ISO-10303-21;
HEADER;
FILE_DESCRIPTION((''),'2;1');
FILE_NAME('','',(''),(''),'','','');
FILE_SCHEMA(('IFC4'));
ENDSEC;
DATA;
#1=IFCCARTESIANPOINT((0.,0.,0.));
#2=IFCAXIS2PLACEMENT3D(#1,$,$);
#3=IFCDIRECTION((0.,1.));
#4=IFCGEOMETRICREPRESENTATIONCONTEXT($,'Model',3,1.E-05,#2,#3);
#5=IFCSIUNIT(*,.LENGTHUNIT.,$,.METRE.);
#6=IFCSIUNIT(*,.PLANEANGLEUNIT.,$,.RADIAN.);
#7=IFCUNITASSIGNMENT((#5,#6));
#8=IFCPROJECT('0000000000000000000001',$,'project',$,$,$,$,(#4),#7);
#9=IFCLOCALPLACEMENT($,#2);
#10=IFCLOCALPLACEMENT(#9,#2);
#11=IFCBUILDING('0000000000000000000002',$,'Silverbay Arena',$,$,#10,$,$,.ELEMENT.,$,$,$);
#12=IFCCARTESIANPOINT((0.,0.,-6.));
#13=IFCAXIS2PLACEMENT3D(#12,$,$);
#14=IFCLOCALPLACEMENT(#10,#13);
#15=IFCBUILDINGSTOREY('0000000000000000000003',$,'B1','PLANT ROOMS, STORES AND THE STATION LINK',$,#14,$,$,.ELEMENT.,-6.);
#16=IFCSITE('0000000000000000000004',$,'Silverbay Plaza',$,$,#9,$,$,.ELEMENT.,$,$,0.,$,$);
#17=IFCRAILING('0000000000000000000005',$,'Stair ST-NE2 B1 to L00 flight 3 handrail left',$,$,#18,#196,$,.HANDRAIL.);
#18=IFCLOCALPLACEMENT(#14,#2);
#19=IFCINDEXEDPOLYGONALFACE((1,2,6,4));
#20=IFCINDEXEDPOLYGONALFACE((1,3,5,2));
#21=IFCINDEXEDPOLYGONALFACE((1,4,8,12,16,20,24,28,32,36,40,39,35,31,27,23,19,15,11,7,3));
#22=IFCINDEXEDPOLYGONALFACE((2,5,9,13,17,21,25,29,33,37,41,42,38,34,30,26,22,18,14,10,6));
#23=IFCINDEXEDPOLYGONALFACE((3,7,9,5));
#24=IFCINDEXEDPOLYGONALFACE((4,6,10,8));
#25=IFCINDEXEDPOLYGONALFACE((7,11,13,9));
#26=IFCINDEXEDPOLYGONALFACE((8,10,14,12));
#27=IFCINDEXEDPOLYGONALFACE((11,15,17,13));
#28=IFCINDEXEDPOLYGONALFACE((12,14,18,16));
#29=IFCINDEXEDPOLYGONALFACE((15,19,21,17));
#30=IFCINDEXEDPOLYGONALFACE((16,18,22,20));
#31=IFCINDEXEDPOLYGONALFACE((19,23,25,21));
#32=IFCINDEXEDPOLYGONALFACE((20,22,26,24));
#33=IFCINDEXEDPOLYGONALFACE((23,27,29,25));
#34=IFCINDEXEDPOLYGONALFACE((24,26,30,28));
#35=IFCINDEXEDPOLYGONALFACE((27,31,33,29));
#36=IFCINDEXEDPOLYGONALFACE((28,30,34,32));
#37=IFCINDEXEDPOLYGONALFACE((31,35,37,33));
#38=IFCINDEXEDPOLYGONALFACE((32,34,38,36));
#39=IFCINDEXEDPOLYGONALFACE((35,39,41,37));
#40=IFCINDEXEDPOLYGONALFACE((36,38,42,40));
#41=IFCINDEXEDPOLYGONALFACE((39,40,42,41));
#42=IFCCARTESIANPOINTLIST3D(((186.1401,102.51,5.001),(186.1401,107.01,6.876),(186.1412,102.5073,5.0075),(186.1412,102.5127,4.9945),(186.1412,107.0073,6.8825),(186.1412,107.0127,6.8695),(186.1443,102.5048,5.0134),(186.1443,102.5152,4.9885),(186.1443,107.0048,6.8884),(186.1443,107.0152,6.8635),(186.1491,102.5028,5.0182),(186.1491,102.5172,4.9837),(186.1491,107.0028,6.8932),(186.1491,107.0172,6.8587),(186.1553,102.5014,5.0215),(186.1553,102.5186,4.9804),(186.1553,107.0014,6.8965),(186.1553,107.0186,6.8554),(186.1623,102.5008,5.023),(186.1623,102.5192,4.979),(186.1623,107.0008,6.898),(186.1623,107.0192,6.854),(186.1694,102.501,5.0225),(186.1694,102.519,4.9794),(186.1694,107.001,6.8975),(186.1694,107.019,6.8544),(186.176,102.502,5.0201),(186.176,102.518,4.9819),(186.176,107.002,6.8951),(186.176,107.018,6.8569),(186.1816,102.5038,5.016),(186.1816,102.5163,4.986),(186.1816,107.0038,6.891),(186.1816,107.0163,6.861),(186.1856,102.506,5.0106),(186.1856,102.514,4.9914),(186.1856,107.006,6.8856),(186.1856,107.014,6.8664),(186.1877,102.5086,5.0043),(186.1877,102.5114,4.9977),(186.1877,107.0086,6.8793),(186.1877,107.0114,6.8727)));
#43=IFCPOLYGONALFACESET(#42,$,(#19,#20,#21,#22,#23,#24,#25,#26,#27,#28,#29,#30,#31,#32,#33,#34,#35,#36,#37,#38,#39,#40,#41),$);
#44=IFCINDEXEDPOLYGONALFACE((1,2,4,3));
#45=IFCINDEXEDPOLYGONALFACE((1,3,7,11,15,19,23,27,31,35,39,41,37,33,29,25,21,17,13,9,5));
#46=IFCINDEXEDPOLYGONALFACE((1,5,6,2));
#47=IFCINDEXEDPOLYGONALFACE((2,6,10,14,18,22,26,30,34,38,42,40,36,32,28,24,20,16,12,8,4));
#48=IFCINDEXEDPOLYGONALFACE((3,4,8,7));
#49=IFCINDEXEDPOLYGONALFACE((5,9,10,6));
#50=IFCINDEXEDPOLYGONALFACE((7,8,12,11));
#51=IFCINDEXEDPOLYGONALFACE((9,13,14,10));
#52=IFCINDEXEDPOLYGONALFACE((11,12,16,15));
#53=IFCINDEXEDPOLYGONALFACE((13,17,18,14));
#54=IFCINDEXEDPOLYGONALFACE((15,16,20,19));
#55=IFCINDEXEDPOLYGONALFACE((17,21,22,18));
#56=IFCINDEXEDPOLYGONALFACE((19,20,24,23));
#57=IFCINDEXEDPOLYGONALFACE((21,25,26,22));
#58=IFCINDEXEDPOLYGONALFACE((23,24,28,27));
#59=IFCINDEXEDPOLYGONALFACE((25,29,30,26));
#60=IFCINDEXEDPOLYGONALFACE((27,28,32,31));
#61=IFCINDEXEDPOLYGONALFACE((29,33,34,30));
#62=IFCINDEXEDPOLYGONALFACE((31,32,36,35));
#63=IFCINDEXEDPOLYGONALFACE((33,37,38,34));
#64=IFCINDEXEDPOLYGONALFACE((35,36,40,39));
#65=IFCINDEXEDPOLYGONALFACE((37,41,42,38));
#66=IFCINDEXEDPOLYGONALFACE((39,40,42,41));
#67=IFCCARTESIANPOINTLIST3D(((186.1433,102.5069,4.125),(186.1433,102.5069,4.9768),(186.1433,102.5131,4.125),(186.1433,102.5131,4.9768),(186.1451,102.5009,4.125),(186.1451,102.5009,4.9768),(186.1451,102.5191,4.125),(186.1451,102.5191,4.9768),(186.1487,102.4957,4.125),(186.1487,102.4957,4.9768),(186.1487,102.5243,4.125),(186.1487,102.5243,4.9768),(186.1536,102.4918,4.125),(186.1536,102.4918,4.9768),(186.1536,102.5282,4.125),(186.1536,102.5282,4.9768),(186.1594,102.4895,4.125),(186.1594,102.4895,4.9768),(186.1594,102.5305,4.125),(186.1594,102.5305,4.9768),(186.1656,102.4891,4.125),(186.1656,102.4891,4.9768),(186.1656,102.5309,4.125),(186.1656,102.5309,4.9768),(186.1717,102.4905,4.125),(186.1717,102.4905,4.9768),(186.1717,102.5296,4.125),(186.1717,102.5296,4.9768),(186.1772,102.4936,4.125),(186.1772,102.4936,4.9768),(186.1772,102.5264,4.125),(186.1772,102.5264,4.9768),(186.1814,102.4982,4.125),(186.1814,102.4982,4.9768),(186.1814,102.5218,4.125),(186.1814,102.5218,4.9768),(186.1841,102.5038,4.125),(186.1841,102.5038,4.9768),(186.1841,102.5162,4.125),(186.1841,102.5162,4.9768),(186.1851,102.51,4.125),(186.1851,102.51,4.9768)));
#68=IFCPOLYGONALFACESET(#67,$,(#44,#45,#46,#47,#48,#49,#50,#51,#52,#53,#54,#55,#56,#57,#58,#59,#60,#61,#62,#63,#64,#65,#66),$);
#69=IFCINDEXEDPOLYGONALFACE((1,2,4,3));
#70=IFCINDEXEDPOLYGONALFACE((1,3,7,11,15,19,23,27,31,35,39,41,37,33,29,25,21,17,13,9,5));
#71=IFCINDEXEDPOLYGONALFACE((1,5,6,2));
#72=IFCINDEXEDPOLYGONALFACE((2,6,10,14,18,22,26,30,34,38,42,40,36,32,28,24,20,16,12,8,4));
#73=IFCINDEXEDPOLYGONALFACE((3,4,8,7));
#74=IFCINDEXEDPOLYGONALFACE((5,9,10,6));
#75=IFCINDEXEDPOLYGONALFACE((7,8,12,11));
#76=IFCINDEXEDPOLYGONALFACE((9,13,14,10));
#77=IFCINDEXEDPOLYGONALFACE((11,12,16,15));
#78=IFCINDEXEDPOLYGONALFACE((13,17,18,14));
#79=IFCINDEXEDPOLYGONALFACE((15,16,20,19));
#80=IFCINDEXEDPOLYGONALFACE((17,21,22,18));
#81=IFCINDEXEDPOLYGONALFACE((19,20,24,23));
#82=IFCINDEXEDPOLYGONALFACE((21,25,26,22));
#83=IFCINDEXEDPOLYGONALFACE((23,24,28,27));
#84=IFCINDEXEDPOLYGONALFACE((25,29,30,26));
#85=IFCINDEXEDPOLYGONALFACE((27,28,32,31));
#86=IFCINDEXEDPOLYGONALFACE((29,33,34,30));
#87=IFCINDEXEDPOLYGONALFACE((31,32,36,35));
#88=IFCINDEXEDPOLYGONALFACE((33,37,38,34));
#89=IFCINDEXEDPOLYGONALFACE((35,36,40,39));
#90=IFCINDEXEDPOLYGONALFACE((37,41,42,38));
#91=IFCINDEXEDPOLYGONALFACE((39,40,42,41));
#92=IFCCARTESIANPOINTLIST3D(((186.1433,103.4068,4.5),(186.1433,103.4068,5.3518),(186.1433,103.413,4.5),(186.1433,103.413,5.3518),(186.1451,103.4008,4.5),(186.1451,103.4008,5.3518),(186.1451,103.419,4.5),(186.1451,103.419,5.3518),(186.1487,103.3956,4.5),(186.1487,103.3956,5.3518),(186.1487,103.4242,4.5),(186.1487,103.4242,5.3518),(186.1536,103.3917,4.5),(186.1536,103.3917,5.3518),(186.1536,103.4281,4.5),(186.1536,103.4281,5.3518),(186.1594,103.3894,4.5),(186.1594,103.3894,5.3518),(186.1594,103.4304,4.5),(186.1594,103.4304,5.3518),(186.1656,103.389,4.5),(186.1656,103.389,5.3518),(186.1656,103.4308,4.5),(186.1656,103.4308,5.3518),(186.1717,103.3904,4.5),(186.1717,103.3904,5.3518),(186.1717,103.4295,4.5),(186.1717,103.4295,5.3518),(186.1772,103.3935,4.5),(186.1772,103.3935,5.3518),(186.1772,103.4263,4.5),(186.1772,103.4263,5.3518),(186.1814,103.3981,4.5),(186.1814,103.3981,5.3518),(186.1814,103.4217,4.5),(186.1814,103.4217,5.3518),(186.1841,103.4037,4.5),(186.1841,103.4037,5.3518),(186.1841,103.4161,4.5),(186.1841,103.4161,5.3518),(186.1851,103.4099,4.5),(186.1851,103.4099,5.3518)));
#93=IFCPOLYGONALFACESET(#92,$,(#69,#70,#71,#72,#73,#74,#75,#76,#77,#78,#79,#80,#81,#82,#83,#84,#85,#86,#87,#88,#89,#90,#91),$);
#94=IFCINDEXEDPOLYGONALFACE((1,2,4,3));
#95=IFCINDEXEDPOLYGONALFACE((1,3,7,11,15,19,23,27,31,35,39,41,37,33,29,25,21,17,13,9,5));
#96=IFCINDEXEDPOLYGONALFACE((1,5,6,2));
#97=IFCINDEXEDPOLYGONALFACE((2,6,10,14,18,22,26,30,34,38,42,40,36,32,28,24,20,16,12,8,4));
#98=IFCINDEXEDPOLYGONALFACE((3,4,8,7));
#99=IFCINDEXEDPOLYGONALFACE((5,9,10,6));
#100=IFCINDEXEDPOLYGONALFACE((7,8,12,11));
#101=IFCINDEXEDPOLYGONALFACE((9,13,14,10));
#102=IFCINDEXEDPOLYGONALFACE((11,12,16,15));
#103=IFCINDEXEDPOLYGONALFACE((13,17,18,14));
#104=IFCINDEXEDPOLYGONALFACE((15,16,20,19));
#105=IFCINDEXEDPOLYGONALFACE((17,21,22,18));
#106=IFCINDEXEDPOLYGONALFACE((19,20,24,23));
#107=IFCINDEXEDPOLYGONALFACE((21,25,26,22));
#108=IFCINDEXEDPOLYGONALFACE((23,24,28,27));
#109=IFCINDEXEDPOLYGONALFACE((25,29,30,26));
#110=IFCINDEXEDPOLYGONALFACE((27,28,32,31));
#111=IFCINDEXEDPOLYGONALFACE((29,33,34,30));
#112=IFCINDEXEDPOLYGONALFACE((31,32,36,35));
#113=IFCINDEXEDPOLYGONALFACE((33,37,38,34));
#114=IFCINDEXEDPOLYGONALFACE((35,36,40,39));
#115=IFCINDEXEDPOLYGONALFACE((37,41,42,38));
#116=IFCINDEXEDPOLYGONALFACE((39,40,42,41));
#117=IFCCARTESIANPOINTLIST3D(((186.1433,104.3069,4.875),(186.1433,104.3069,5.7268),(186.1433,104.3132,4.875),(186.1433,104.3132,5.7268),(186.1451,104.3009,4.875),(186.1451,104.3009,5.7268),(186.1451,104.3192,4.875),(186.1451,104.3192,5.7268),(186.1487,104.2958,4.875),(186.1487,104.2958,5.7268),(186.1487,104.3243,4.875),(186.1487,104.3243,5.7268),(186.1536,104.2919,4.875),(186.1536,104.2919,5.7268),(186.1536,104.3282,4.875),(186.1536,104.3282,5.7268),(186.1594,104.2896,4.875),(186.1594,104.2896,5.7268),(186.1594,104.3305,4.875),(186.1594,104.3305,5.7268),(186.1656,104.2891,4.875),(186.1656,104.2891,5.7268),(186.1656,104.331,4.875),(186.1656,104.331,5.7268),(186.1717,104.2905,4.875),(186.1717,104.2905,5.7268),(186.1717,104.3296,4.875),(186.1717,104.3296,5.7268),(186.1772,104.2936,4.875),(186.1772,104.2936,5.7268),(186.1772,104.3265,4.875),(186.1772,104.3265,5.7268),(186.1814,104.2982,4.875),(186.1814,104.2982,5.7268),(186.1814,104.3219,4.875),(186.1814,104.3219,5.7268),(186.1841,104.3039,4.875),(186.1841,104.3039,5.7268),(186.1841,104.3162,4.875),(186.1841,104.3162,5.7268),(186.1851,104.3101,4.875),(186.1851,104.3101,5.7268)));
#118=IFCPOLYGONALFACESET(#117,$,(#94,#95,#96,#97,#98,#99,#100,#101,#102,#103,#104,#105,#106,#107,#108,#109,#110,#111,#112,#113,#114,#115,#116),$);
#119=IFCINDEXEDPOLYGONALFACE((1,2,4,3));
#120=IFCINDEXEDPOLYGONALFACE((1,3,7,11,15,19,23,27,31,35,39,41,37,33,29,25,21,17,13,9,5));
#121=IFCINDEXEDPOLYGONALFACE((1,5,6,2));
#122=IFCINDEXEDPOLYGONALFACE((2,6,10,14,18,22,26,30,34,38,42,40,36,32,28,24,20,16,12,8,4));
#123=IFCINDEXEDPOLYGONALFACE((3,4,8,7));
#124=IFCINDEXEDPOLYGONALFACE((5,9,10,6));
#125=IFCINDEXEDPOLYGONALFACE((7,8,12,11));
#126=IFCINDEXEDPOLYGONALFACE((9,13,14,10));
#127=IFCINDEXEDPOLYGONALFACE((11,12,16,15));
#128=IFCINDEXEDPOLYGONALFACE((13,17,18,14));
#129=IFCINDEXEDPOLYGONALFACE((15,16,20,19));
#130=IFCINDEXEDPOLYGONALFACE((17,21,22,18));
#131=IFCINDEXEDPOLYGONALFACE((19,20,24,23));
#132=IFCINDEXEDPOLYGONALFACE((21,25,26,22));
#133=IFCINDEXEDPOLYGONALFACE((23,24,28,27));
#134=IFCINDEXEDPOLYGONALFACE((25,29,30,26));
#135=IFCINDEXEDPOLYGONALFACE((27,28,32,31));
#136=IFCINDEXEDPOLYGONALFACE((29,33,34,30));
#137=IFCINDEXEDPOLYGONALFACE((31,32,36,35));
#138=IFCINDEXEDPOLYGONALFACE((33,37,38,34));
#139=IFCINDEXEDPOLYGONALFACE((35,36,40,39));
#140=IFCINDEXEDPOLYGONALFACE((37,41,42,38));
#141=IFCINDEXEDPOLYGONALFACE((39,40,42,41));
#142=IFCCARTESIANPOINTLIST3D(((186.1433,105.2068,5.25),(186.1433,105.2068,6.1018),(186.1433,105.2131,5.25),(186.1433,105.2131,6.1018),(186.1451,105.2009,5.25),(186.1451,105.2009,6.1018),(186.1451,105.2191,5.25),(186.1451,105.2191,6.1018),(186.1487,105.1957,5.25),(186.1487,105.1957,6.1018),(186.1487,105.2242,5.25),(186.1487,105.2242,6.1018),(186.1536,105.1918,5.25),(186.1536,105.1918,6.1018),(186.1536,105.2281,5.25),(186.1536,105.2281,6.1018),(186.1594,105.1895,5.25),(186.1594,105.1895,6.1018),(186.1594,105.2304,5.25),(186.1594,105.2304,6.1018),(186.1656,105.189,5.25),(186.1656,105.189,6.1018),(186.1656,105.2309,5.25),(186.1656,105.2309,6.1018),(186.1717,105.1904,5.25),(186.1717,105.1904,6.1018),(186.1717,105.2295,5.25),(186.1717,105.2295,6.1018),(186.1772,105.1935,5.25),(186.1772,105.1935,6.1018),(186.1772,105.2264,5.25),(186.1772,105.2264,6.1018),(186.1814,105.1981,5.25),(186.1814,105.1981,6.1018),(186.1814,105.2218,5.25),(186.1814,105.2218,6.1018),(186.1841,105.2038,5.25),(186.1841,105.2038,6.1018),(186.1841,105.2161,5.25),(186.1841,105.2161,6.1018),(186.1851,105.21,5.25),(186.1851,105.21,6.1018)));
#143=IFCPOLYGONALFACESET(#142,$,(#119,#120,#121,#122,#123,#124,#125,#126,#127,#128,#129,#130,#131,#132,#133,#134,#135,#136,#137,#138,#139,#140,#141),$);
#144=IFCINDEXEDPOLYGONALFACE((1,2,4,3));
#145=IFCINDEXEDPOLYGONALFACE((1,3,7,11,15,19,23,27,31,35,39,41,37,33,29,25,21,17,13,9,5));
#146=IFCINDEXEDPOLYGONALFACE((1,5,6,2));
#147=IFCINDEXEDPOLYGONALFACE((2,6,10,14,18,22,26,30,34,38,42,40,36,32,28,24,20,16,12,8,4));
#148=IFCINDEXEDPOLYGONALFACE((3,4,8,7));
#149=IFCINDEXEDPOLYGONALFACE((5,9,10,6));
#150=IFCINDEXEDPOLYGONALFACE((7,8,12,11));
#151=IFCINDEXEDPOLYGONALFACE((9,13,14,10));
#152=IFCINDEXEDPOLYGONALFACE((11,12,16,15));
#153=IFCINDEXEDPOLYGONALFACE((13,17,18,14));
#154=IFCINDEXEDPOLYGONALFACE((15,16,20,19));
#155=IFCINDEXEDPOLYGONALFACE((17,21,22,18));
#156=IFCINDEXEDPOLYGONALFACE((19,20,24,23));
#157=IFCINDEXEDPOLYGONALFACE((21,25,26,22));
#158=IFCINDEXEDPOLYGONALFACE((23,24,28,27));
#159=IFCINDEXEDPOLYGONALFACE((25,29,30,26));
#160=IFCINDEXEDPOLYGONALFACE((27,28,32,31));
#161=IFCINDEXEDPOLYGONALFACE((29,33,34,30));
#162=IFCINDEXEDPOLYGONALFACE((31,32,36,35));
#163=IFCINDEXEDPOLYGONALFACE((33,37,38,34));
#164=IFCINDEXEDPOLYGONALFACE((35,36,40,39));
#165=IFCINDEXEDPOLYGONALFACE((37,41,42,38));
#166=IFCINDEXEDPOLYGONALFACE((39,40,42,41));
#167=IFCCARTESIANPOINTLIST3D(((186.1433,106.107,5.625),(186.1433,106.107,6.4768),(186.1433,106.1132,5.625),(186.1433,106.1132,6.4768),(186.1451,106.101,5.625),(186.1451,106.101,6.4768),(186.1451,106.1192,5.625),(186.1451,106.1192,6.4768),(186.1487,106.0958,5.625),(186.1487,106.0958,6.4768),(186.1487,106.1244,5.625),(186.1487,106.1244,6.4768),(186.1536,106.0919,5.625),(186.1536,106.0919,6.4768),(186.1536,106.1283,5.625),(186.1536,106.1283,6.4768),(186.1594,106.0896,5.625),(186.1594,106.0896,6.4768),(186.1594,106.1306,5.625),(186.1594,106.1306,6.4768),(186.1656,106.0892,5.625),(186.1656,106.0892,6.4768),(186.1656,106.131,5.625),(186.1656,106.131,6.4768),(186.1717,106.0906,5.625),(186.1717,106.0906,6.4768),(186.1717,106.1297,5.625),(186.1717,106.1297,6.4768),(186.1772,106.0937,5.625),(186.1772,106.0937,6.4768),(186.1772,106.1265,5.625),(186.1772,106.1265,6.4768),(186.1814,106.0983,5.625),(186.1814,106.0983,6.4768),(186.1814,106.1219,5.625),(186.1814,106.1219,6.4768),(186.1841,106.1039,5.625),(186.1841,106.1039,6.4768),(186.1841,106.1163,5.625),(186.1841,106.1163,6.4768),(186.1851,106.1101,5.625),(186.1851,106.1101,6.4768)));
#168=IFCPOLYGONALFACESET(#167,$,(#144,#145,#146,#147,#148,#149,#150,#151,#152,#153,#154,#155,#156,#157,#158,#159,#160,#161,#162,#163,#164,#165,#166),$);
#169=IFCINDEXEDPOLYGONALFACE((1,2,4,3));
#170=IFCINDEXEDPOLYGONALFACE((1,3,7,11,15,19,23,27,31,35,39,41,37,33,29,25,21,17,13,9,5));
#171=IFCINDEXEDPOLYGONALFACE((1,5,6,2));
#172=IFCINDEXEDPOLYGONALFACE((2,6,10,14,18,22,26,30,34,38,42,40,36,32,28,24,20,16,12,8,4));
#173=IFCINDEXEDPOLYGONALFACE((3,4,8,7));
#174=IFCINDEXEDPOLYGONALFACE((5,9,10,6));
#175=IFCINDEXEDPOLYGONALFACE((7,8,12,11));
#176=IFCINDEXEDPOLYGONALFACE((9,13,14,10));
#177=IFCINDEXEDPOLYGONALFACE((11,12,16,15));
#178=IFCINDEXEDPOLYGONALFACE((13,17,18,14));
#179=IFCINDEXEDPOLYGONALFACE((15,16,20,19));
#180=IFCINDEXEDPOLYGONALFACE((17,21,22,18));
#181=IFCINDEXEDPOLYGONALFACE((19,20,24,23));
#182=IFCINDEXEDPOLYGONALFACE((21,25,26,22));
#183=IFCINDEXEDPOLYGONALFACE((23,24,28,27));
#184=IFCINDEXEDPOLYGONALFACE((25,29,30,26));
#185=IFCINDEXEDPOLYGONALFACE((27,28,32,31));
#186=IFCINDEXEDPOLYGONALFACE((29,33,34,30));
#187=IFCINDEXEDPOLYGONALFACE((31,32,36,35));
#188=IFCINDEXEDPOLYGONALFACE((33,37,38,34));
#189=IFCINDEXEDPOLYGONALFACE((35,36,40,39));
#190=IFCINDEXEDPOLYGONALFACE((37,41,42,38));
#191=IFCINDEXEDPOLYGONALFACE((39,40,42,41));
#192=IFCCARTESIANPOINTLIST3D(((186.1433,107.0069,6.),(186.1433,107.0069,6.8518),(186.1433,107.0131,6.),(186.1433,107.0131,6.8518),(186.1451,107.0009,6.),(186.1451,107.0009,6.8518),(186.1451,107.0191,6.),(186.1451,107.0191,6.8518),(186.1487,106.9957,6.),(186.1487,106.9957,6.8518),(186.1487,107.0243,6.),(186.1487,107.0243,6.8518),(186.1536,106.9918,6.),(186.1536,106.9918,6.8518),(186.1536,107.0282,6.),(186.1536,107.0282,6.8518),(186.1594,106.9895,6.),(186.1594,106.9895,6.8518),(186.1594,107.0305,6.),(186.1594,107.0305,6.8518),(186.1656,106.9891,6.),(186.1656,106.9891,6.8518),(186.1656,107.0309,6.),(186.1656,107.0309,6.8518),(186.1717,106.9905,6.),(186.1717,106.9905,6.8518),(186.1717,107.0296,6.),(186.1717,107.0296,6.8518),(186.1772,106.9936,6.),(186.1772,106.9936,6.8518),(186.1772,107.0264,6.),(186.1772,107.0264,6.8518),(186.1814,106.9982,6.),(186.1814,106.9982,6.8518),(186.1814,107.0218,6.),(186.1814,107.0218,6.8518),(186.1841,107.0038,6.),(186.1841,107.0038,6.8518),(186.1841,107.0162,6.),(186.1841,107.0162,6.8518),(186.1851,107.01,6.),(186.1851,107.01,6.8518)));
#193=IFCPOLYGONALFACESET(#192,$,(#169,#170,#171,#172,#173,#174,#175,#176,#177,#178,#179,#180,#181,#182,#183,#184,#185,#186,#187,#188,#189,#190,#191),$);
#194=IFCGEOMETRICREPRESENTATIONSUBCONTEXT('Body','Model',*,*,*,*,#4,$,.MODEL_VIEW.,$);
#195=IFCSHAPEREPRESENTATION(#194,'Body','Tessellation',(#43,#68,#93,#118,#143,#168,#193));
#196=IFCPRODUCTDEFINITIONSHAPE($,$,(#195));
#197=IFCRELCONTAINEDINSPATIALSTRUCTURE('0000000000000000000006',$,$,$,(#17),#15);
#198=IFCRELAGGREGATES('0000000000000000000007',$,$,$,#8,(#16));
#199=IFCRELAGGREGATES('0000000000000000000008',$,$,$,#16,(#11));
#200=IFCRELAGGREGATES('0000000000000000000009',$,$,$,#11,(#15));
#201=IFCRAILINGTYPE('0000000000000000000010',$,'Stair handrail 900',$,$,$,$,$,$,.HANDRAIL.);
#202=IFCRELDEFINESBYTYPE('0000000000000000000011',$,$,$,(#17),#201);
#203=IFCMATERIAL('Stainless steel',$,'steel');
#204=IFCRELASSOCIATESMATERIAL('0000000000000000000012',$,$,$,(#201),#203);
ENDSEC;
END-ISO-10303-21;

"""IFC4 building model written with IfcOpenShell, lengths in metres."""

from ifc_helpers import new_model, si_unit, direction, frame, origin, origin_2d, place, context, subcontext, project, spatial, circle, extrude, material, type_object, element, save


model = new_model("IFC4")

# Units and contexts
model_context = context("Model", 3, precision=1e-05, world=origin(), true_north=direction((0.0, 1.0)))
body_context = subcontext(model_context, "Body", "Model", "MODEL_VIEW")
ifc_project = project(units=[si_unit("LENGTHUNIT", "METRE"), si_unit("PLANEANGLEUNIT", "RADIAN")], contexts=[model_context])

# Site, building, storey
site_placement = place(None, origin())
site = spatial("IfcSite", under=ifc_project, at=site_placement, Name="Silverbay Plaza", CompositionType="ELEMENT", RefElevation=0.0)
building_placement = place(site_placement, origin())
building = spatial("IfcBuilding", under=site, at=building_placement, Name="Silverbay Arena", CompositionType="ELEMENT")
storey_placement = place(building_placement, frame((0.0, 0.0, -6.0)))
storey = spatial("IfcBuildingStorey", under=building, at=storey_placement, Name="B1", Description="PLANT ROOMS, STORES AND THE STATION LINK", CompositionType="ELEMENT", Elevation=-6.0)

# Railing
ifc_material_1 = material(Name="Stainless steel", Category="steel")
railing_type_1 = type_object("IfcRailingType", Name="Stair handrail 900", PredefinedType="HANDRAIL", material=ifc_material_1)
for number, where, name in (
    (1, (186.1641, 102.51, 4.125), "Stair ST-NE2 B1 to L00 flight 3 handrail left"),
):
    element("IfcRailing", number, at=place(storey_placement, frame(where)), inside=storey, type_object=railing_type_1, Name=name, PredefinedType="HANDRAIL", context=body_context, shape_type="SweptSolid", body=[
        extrude(circle(Radius=0.0239, at=origin_2d()), frame((0.0, 0.0, 0.876), z_axis=(0.0, 0.923077, 0.384615), x_axis=(-1.0, 0.0, 0.0)), (0.0, 0.0, 1.0), 4.875),
        extrude(circle(Radius=0.021, at=origin_2d()), origin(), (0.0, 0.0, 1.0), 0.8518),
        extrude(circle(Radius=0.021, at=origin_2d()), frame((0.0, 0.8999, 0.375)), (0.0, 0.0, 1.0), 0.8518),
        extrude(circle(Radius=0.021, at=origin_2d()), frame((0.0, 1.8, 0.75)), (0.0, 0.0, 1.0), 0.8518),
        extrude(circle(Radius=0.021, at=origin_2d()), frame((0.0, 2.7, 1.125)), (0.0, 0.0, 1.0), 0.8518),
        extrude(circle(Radius=0.021, at=origin_2d()), frame((0.0, 3.6001, 1.5)), (0.0, 0.0, 1.0), 0.8518),
        extrude(circle(Radius=0.021, at=origin_2d()), frame((0.0, 4.5, 1.875)), (0.0, 0.0, 1.0), 0.8518),
    ])

save(model, "model.ifc")
